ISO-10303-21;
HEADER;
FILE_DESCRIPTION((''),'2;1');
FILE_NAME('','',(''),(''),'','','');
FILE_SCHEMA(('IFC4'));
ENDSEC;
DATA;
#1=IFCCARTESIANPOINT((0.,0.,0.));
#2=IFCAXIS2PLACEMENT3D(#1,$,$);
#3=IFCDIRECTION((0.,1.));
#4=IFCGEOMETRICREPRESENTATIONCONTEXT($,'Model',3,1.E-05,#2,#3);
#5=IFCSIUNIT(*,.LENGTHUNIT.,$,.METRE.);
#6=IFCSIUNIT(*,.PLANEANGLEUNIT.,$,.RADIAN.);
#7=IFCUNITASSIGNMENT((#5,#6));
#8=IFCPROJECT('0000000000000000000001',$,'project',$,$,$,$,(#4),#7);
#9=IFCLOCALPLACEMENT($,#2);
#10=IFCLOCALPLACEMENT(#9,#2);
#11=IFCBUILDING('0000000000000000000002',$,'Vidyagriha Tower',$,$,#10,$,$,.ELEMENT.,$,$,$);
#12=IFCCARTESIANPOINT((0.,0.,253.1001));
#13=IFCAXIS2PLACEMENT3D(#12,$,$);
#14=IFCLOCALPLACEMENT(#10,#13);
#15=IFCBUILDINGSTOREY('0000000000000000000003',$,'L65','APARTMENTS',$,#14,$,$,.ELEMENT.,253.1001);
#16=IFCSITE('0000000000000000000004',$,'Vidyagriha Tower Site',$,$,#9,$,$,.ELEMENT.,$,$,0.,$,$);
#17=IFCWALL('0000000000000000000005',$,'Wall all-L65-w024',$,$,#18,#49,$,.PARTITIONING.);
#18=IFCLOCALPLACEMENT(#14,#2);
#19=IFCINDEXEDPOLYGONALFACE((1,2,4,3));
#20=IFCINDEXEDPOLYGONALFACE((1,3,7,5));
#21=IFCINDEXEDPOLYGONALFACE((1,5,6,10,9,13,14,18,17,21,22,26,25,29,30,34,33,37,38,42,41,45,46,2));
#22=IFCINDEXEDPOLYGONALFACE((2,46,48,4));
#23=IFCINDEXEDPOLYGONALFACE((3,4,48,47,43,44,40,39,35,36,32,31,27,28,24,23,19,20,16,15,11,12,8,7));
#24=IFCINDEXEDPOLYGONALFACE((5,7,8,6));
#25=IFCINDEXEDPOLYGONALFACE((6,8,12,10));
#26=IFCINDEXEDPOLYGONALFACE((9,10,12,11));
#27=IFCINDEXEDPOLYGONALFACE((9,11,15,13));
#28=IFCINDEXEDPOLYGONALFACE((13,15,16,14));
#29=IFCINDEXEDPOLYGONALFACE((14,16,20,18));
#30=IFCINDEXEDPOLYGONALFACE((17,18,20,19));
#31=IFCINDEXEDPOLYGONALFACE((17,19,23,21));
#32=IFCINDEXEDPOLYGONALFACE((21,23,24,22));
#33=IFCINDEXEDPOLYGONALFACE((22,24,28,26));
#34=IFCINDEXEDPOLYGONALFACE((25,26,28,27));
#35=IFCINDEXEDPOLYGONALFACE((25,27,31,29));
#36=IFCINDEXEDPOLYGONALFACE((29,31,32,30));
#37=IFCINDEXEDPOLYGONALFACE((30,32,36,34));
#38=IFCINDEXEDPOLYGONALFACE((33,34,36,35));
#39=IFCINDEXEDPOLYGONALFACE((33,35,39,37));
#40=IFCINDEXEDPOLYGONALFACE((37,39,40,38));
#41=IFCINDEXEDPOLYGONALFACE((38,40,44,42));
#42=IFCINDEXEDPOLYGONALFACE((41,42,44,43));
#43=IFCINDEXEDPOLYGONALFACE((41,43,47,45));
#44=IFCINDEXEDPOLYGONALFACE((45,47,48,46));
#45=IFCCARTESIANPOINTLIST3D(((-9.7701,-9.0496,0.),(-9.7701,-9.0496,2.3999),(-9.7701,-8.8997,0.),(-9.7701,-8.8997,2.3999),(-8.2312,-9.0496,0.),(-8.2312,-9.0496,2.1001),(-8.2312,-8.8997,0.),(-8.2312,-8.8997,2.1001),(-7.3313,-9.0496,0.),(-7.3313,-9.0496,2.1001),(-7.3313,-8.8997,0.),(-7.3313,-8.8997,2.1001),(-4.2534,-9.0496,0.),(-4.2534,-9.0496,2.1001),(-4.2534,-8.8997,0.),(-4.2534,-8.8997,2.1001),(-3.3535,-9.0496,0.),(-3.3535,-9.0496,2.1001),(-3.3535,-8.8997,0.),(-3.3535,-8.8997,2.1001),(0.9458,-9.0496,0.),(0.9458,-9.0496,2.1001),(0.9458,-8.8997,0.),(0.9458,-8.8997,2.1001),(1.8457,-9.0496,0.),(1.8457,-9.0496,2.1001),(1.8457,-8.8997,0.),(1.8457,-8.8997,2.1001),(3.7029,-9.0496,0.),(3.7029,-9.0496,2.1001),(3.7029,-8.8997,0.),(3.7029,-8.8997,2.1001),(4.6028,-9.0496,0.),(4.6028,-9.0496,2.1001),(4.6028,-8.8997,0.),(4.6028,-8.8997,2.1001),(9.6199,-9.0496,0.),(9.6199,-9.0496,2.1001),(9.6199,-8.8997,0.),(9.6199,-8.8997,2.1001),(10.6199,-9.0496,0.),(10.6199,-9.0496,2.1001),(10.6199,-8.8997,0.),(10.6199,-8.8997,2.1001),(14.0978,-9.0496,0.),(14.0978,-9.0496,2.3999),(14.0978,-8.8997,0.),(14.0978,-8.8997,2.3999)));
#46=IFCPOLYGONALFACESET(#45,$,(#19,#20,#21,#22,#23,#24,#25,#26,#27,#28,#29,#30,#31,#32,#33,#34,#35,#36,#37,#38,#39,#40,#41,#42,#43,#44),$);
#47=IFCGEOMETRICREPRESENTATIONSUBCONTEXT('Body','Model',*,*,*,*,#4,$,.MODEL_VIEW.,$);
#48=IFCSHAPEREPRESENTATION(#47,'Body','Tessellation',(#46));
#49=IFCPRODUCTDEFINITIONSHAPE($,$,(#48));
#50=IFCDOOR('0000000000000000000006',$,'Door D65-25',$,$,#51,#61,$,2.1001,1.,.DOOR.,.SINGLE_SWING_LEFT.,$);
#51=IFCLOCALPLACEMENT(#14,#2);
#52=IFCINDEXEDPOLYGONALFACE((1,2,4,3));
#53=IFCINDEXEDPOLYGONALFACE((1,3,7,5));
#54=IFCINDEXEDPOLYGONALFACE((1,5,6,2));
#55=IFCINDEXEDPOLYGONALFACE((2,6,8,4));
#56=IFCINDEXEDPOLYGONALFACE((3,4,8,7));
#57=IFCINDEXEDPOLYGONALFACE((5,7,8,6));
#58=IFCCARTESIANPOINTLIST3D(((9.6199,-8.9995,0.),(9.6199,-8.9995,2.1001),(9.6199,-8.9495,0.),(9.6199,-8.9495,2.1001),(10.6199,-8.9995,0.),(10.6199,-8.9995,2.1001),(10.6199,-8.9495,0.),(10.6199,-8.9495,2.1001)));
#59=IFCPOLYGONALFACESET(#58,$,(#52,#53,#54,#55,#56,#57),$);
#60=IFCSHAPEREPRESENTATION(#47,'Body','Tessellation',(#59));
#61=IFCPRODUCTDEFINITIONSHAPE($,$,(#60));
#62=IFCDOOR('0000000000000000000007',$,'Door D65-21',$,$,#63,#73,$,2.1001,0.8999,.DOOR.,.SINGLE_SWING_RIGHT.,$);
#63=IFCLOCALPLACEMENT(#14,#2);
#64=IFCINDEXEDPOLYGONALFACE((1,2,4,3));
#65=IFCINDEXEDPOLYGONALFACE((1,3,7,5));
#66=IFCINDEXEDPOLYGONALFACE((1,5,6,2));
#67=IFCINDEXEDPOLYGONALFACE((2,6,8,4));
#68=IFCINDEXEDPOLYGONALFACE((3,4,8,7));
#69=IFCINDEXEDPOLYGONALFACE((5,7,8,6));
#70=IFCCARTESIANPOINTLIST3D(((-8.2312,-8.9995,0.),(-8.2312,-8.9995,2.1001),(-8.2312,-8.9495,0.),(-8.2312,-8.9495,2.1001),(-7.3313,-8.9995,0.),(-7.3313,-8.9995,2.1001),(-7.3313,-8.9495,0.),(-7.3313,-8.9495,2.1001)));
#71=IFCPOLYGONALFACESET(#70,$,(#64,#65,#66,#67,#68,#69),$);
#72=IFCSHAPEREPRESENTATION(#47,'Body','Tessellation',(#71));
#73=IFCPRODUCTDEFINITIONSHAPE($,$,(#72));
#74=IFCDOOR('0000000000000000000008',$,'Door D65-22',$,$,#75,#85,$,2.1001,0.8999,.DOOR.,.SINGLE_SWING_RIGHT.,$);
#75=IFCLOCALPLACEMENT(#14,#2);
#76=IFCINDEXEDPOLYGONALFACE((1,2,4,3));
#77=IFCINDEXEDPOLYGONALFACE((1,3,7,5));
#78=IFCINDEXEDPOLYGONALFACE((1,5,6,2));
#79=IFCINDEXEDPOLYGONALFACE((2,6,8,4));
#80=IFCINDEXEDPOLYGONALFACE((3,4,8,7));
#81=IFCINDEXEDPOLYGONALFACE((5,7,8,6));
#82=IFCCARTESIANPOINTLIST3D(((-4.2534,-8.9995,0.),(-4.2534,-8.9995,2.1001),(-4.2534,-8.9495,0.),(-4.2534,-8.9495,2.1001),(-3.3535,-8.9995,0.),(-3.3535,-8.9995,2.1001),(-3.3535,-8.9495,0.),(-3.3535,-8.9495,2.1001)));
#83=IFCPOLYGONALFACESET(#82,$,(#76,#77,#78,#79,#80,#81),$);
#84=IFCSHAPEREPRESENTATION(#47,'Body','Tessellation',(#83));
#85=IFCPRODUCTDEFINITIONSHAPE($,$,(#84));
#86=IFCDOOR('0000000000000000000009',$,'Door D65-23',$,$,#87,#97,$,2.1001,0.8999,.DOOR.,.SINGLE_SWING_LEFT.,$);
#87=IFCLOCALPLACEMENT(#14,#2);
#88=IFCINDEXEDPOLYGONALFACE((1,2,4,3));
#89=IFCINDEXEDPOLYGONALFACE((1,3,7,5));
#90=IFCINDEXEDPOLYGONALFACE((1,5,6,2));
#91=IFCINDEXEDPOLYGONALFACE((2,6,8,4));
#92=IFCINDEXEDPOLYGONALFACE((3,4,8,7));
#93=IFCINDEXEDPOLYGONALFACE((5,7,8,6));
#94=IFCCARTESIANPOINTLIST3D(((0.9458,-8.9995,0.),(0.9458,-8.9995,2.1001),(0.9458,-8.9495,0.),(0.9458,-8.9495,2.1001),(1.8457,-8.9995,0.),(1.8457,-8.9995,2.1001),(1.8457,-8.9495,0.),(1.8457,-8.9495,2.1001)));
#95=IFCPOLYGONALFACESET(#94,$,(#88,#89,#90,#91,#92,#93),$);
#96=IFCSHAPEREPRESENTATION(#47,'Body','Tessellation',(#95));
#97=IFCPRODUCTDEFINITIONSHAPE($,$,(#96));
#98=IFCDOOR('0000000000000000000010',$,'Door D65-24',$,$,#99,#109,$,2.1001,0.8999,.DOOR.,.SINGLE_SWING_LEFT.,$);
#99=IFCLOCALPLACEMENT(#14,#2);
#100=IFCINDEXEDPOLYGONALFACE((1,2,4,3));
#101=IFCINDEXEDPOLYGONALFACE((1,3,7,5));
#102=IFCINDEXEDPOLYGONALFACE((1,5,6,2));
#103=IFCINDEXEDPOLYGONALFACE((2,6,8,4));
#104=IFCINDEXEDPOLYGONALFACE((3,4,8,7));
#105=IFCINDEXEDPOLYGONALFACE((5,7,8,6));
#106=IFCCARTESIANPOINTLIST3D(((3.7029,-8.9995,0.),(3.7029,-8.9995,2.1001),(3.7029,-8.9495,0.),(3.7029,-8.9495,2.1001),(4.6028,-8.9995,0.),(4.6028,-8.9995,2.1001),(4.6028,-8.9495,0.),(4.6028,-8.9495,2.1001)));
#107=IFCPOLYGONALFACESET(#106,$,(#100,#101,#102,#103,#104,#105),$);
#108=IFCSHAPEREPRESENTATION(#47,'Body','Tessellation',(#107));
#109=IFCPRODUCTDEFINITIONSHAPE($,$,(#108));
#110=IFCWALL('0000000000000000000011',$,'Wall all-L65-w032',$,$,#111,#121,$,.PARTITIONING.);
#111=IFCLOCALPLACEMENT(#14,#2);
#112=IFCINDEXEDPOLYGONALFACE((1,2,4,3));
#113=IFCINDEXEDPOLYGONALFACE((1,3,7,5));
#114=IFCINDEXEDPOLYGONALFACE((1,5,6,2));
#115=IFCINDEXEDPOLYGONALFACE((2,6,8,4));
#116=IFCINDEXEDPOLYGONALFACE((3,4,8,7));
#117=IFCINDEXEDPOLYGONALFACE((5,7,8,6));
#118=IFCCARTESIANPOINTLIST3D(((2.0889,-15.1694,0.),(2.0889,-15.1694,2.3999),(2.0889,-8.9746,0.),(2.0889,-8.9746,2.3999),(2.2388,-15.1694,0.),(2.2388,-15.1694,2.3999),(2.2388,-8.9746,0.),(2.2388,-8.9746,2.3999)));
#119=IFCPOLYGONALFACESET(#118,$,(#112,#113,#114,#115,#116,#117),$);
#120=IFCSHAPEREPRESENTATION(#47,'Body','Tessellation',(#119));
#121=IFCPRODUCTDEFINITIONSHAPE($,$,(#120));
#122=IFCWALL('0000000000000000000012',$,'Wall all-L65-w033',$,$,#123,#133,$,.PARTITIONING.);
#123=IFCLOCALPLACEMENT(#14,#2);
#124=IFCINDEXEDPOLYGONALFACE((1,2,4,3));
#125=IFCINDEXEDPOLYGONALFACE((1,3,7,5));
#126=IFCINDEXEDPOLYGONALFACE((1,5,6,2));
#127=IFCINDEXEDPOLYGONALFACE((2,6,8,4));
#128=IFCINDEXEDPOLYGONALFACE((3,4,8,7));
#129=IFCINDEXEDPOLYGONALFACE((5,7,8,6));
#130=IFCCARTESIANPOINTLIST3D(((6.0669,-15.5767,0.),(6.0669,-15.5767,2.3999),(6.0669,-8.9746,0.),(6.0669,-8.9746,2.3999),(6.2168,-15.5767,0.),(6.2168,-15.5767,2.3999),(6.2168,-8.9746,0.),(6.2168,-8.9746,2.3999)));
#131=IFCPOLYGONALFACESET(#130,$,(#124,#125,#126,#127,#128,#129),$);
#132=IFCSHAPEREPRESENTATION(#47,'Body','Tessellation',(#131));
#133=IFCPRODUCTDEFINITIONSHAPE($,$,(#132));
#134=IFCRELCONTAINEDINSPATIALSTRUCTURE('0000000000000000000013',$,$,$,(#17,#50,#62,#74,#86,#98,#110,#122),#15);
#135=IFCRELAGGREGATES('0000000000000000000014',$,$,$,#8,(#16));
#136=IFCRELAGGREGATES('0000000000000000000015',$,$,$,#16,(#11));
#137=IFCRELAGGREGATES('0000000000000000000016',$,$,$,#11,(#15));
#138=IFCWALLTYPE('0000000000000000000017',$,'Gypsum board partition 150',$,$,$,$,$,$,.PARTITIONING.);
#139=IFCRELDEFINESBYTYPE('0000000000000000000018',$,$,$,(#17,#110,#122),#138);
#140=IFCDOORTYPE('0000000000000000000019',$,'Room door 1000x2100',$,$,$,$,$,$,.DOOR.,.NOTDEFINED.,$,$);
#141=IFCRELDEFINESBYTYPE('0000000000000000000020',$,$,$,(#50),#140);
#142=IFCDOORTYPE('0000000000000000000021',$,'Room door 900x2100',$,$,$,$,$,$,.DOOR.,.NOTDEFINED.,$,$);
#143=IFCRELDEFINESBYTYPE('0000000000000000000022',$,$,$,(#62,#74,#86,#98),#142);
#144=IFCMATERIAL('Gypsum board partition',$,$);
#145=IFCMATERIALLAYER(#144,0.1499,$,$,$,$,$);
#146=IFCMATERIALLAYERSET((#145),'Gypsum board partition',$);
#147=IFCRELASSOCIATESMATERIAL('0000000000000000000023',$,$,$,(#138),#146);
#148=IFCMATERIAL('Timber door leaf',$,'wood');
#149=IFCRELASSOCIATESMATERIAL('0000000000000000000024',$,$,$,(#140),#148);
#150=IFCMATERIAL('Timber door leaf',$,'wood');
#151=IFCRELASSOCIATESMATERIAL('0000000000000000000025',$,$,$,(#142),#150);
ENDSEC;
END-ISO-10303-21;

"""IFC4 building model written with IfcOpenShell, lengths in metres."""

from ifc_helpers import new_model, si_unit, direction, frame, frame_2d, origin, place, context, subcontext, project, spatial, rectangle, extrude, material, layer, layer_set, type_object, element, fill, save


model = new_model("IFC4")

# Units and contexts
model_context = context("Model", 3, precision=1e-05, world=origin(), true_north=direction((0.0, 1.0)))
body_context = subcontext(model_context, "Body", "Model", "MODEL_VIEW")
ifc_project = project(units=[si_unit("LENGTHUNIT", "METRE"), si_unit("PLANEANGLEUNIT", "RADIAN")], contexts=[model_context])

# Site, building, storey
site_placement = place(None, origin())
site = spatial("IfcSite", under=ifc_project, at=site_placement, Name="Vidyagriha Tower Site", CompositionType="ELEMENT", RefElevation=0.0)
building_placement = place(site_placement, origin())
building = spatial("IfcBuilding", under=site, at=building_placement, Name="Vidyagriha Tower", CompositionType="ELEMENT")
storey_placement = place(building_placement, frame((0.0, 0.0, 253.1001)))
storey = spatial("IfcBuildingStorey", under=building, at=storey_placement, Name="L65", Description="APARTMENTS", CompositionType="ELEMENT", Elevation=253.1001)

# Shared definitions
ifc_material_1 = material(Name="Gypsum board partition")
ifc_layer_1 = layer(ifc_material_1, 0.1499)
ifc_layer_set_1 = layer_set([ifc_layer_1], Name="Gypsum board partition")
wall_type_1 = type_object("IfcWallType", Name="Gypsum board partition 150", PredefinedType="PARTITIONING", material=ifc_layer_set_1)

# Wall, openings, doors
wall_1_placement = place(storey_placement, frame((14.0979, -8.9746, 0.0), z_axis=(0.0, 0.0, 1.0), x_axis=(-1.0, 0.0, 0.0)))
wall_1 = element("IfcWall", 1, at=wall_1_placement, inside=storey, type_object=wall_type_1, Name="Wall all-L65-w024", PredefinedType="PARTITIONING", context=body_context, shape_type="SweptSolid", body=[
    extrude(rectangle(XDim=23.8679, YDim=0.1499, at=frame_2d((11.9341, 0.0))), origin(), (0.0, 0.0, 1.0), 2.3999),
])
opening_1_placement = place(wall_1_placement, frame((21.4292, 0.0, 0.0)))
opening_1 = element("IfcOpeningElement", 2, at=opening_1_placement, cuts=wall_1, PredefinedType="OPENING", context=body_context, shape_type="SweptSolid", body=[
    extrude(rectangle(XDim=0.8999, YDim=2.1001, at=frame_2d((0.45, 1.05))), frame((0.0, 0.085, 0.0), z_axis=(0.0, -1.0, 0.0), x_axis=(1.0, 0.0, 0.0)), (0.0, 0.0, 1.0), 0.1699),
])
opening_2_placement = place(wall_1_placement, frame((17.4514, 0.0, 0.0)))
opening_2 = element("IfcOpeningElement", 3, at=opening_2_placement, cuts=wall_1, PredefinedType="OPENING", context=body_context, shape_type="SweptSolid", body=[
    extrude(rectangle(XDim=0.8999, YDim=2.1001, at=frame_2d((0.45, 1.05))), frame((0.0, 0.085, 0.0), z_axis=(0.0, -1.0, 0.0), x_axis=(1.0, 0.0, 0.0)), (0.0, 0.0, 1.0), 0.1699),
])
opening_3_placement = place(wall_1_placement, frame((12.2522, 0.0, 0.0)))
opening_3 = element("IfcOpeningElement", 4, at=opening_3_placement, cuts=wall_1, PredefinedType="OPENING", context=body_context, shape_type="SweptSolid", body=[
    extrude(rectangle(XDim=0.8999, YDim=2.1001, at=frame_2d((0.45, 1.05))), frame((0.0, 0.085, 0.0), z_axis=(0.0, -1.0, 0.0), x_axis=(1.0, 0.0, 0.0)), (0.0, 0.0, 1.0), 0.1699),
])
opening_4_placement = place(wall_1_placement, frame((9.4951, 0.0, 0.0)))
opening_4 = element("IfcOpeningElement", 5, at=opening_4_placement, cuts=wall_1, PredefinedType="OPENING", context=body_context, shape_type="SweptSolid", body=[
    extrude(rectangle(XDim=0.8999, YDim=2.1001, at=frame_2d((0.45, 1.05))), frame((0.0, 0.085, 0.0), z_axis=(0.0, -1.0, 0.0), x_axis=(1.0, 0.0, 0.0)), (0.0, 0.0, 1.0), 0.1699),
])
opening_5_placement = place(wall_1_placement, frame((3.478, 0.0, 0.0)))
opening_5 = element("IfcOpeningElement", 6, at=opening_5_placement, cuts=wall_1, PredefinedType="OPENING", context=body_context, shape_type="SweptSolid", body=[
    extrude(rectangle(XDim=1.0, YDim=2.1001, at=frame_2d((0.5, 1.05))), frame((0.0, 0.085, 0.0), z_axis=(0.0, -1.0, 0.0), x_axis=(1.0, 0.0, 0.0)), (0.0, 0.0, 1.0), 0.1699),
])
ifc_material_2 = material(Name="Timber door leaf", Category="wood")
door_type_1 = type_object("IfcDoorType", Name="Room door 1000x2100", OperationType="NOTDEFINED", PredefinedType="DOOR", material=ifc_material_2)
door_1_placement = place(opening_5_placement, origin())
door_1 = element("IfcDoor", 7, at=door_1_placement, inside=storey, type_object=door_type_1, Name="Door D65-25", OperationType="SINGLE_SWING_LEFT", OverallHeight=2.1001, OverallWidth=1.0, PredefinedType="DOOR", context=body_context, shape_type="SweptSolid", body=[
    extrude(rectangle(XDim=1.0, YDim=2.1001, at=frame_2d((0.5, 1.05))), frame((0.0, 0.0249, 0.0), z_axis=(0.0, -1.0, 0.0), x_axis=(1.0, 0.0, 0.0)), (0.0, 0.0, 1.0), 0.05),
])
fill(opening_5, door_1)
ifc_material_3 = material(Name="Timber door leaf", Category="wood")
door_type_2 = type_object("IfcDoorType", Name="Room door 900x2100", OperationType="NOTDEFINED", PredefinedType="DOOR", material=ifc_material_3)
door_2_placement = place(opening_1_placement, origin())
door_2 = element("IfcDoor", 8, at=door_2_placement, inside=storey, type_object=door_type_2, Name="Door D65-21", OperationType="SINGLE_SWING_RIGHT", OverallHeight=2.1001, OverallWidth=0.8999, PredefinedType="DOOR", context=body_context, shape_type="SweptSolid", body=[
    extrude(rectangle(XDim=0.8999, YDim=2.1001, at=frame_2d((0.45, 1.05))), frame((0.0, 0.0249, 0.0), z_axis=(0.0, -1.0, 0.0), x_axis=(1.0, 0.0, 0.0)), (0.0, 0.0, 1.0), 0.05),
])
fill(opening_1, door_2)
door_3_placement = place(opening_2_placement, origin())
door_3 = element("IfcDoor", 9, at=door_3_placement, inside=storey, type_object=door_type_2, Name="Door D65-22", OperationType="SINGLE_SWING_RIGHT", OverallHeight=2.1001, OverallWidth=0.8999, PredefinedType="DOOR", context=body_context, shape_type="SweptSolid", body=[
    extrude(rectangle(XDim=0.8999, YDim=2.1001, at=frame_2d((0.45, 1.05))), frame((0.0, 0.0249, 0.0), z_axis=(0.0, -1.0, 0.0), x_axis=(1.0, 0.0, 0.0)), (0.0, 0.0, 1.0), 0.05),
])
fill(opening_2, door_3)
door_4_placement = place(opening_3_placement, origin())
door_4 = element("IfcDoor", 10, at=door_4_placement, inside=storey, type_object=door_type_2, Name="Door D65-23", OperationType="SINGLE_SWING_LEFT", OverallHeight=2.1001, OverallWidth=0.8999, PredefinedType="DOOR", context=body_context, shape_type="SweptSolid", body=[
    extrude(rectangle(XDim=0.8999, YDim=2.1001, at=frame_2d((0.45, 1.05))), frame((0.0, 0.0249, 0.0), z_axis=(0.0, -1.0, 0.0), x_axis=(1.0, 0.0, 0.0)), (0.0, 0.0, 1.0), 0.05),
])
fill(opening_3, door_4)
door_5_placement = place(opening_4_placement, origin())
door_5 = element("IfcDoor", 11, at=door_5_placement, inside=storey, type_object=door_type_2, Name="Door D65-24", OperationType="SINGLE_SWING_LEFT", OverallHeight=2.1001, OverallWidth=0.8999, PredefinedType="DOOR", context=body_context, shape_type="SweptSolid", body=[
    extrude(rectangle(XDim=0.8999, YDim=2.1001, at=frame_2d((0.45, 1.05))), frame((0.0, 0.0249, 0.0), z_axis=(0.0, -1.0, 0.0), x_axis=(1.0, 0.0, 0.0)), (0.0, 0.0, 1.0), 0.05),
])
fill(opening_4, door_5)

# Walls
wall_2_placement = place(storey_placement, frame((2.1638, -8.9746, 0.0), z_axis=(0.0, 0.0, 1.0), x_axis=(0.0, -1.0, 0.0)))
element("IfcWall", 12, at=wall_2_placement, inside=storey, type_object=wall_type_1, Name="Wall all-L65-w032", PredefinedType="PARTITIONING", context=body_context, shape_type="SweptSolid", body=[
    extrude(rectangle(XDim=6.1948, YDim=0.1499, at=frame_2d((3.0974, 0.0))), origin(), (0.0, 0.0, 1.0), 2.3999),
])
wall_3_placement = place(storey_placement, frame((6.1418, -8.9746, 0.0), z_axis=(0.0, 0.0, 1.0), x_axis=(0.0, -1.0, 0.0)))
element("IfcWall", 13, at=wall_3_placement, inside=storey, type_object=wall_type_1, Name="Wall all-L65-w033", PredefinedType="PARTITIONING", context=body_context, shape_type="SweptSolid", body=[
    extrude(rectangle(XDim=6.6021, YDim=0.1499, at=frame_2d((3.301, 0.0))), origin(), (0.0, 0.0, 1.0), 2.3999),
])

save(model, "model.ifc")
